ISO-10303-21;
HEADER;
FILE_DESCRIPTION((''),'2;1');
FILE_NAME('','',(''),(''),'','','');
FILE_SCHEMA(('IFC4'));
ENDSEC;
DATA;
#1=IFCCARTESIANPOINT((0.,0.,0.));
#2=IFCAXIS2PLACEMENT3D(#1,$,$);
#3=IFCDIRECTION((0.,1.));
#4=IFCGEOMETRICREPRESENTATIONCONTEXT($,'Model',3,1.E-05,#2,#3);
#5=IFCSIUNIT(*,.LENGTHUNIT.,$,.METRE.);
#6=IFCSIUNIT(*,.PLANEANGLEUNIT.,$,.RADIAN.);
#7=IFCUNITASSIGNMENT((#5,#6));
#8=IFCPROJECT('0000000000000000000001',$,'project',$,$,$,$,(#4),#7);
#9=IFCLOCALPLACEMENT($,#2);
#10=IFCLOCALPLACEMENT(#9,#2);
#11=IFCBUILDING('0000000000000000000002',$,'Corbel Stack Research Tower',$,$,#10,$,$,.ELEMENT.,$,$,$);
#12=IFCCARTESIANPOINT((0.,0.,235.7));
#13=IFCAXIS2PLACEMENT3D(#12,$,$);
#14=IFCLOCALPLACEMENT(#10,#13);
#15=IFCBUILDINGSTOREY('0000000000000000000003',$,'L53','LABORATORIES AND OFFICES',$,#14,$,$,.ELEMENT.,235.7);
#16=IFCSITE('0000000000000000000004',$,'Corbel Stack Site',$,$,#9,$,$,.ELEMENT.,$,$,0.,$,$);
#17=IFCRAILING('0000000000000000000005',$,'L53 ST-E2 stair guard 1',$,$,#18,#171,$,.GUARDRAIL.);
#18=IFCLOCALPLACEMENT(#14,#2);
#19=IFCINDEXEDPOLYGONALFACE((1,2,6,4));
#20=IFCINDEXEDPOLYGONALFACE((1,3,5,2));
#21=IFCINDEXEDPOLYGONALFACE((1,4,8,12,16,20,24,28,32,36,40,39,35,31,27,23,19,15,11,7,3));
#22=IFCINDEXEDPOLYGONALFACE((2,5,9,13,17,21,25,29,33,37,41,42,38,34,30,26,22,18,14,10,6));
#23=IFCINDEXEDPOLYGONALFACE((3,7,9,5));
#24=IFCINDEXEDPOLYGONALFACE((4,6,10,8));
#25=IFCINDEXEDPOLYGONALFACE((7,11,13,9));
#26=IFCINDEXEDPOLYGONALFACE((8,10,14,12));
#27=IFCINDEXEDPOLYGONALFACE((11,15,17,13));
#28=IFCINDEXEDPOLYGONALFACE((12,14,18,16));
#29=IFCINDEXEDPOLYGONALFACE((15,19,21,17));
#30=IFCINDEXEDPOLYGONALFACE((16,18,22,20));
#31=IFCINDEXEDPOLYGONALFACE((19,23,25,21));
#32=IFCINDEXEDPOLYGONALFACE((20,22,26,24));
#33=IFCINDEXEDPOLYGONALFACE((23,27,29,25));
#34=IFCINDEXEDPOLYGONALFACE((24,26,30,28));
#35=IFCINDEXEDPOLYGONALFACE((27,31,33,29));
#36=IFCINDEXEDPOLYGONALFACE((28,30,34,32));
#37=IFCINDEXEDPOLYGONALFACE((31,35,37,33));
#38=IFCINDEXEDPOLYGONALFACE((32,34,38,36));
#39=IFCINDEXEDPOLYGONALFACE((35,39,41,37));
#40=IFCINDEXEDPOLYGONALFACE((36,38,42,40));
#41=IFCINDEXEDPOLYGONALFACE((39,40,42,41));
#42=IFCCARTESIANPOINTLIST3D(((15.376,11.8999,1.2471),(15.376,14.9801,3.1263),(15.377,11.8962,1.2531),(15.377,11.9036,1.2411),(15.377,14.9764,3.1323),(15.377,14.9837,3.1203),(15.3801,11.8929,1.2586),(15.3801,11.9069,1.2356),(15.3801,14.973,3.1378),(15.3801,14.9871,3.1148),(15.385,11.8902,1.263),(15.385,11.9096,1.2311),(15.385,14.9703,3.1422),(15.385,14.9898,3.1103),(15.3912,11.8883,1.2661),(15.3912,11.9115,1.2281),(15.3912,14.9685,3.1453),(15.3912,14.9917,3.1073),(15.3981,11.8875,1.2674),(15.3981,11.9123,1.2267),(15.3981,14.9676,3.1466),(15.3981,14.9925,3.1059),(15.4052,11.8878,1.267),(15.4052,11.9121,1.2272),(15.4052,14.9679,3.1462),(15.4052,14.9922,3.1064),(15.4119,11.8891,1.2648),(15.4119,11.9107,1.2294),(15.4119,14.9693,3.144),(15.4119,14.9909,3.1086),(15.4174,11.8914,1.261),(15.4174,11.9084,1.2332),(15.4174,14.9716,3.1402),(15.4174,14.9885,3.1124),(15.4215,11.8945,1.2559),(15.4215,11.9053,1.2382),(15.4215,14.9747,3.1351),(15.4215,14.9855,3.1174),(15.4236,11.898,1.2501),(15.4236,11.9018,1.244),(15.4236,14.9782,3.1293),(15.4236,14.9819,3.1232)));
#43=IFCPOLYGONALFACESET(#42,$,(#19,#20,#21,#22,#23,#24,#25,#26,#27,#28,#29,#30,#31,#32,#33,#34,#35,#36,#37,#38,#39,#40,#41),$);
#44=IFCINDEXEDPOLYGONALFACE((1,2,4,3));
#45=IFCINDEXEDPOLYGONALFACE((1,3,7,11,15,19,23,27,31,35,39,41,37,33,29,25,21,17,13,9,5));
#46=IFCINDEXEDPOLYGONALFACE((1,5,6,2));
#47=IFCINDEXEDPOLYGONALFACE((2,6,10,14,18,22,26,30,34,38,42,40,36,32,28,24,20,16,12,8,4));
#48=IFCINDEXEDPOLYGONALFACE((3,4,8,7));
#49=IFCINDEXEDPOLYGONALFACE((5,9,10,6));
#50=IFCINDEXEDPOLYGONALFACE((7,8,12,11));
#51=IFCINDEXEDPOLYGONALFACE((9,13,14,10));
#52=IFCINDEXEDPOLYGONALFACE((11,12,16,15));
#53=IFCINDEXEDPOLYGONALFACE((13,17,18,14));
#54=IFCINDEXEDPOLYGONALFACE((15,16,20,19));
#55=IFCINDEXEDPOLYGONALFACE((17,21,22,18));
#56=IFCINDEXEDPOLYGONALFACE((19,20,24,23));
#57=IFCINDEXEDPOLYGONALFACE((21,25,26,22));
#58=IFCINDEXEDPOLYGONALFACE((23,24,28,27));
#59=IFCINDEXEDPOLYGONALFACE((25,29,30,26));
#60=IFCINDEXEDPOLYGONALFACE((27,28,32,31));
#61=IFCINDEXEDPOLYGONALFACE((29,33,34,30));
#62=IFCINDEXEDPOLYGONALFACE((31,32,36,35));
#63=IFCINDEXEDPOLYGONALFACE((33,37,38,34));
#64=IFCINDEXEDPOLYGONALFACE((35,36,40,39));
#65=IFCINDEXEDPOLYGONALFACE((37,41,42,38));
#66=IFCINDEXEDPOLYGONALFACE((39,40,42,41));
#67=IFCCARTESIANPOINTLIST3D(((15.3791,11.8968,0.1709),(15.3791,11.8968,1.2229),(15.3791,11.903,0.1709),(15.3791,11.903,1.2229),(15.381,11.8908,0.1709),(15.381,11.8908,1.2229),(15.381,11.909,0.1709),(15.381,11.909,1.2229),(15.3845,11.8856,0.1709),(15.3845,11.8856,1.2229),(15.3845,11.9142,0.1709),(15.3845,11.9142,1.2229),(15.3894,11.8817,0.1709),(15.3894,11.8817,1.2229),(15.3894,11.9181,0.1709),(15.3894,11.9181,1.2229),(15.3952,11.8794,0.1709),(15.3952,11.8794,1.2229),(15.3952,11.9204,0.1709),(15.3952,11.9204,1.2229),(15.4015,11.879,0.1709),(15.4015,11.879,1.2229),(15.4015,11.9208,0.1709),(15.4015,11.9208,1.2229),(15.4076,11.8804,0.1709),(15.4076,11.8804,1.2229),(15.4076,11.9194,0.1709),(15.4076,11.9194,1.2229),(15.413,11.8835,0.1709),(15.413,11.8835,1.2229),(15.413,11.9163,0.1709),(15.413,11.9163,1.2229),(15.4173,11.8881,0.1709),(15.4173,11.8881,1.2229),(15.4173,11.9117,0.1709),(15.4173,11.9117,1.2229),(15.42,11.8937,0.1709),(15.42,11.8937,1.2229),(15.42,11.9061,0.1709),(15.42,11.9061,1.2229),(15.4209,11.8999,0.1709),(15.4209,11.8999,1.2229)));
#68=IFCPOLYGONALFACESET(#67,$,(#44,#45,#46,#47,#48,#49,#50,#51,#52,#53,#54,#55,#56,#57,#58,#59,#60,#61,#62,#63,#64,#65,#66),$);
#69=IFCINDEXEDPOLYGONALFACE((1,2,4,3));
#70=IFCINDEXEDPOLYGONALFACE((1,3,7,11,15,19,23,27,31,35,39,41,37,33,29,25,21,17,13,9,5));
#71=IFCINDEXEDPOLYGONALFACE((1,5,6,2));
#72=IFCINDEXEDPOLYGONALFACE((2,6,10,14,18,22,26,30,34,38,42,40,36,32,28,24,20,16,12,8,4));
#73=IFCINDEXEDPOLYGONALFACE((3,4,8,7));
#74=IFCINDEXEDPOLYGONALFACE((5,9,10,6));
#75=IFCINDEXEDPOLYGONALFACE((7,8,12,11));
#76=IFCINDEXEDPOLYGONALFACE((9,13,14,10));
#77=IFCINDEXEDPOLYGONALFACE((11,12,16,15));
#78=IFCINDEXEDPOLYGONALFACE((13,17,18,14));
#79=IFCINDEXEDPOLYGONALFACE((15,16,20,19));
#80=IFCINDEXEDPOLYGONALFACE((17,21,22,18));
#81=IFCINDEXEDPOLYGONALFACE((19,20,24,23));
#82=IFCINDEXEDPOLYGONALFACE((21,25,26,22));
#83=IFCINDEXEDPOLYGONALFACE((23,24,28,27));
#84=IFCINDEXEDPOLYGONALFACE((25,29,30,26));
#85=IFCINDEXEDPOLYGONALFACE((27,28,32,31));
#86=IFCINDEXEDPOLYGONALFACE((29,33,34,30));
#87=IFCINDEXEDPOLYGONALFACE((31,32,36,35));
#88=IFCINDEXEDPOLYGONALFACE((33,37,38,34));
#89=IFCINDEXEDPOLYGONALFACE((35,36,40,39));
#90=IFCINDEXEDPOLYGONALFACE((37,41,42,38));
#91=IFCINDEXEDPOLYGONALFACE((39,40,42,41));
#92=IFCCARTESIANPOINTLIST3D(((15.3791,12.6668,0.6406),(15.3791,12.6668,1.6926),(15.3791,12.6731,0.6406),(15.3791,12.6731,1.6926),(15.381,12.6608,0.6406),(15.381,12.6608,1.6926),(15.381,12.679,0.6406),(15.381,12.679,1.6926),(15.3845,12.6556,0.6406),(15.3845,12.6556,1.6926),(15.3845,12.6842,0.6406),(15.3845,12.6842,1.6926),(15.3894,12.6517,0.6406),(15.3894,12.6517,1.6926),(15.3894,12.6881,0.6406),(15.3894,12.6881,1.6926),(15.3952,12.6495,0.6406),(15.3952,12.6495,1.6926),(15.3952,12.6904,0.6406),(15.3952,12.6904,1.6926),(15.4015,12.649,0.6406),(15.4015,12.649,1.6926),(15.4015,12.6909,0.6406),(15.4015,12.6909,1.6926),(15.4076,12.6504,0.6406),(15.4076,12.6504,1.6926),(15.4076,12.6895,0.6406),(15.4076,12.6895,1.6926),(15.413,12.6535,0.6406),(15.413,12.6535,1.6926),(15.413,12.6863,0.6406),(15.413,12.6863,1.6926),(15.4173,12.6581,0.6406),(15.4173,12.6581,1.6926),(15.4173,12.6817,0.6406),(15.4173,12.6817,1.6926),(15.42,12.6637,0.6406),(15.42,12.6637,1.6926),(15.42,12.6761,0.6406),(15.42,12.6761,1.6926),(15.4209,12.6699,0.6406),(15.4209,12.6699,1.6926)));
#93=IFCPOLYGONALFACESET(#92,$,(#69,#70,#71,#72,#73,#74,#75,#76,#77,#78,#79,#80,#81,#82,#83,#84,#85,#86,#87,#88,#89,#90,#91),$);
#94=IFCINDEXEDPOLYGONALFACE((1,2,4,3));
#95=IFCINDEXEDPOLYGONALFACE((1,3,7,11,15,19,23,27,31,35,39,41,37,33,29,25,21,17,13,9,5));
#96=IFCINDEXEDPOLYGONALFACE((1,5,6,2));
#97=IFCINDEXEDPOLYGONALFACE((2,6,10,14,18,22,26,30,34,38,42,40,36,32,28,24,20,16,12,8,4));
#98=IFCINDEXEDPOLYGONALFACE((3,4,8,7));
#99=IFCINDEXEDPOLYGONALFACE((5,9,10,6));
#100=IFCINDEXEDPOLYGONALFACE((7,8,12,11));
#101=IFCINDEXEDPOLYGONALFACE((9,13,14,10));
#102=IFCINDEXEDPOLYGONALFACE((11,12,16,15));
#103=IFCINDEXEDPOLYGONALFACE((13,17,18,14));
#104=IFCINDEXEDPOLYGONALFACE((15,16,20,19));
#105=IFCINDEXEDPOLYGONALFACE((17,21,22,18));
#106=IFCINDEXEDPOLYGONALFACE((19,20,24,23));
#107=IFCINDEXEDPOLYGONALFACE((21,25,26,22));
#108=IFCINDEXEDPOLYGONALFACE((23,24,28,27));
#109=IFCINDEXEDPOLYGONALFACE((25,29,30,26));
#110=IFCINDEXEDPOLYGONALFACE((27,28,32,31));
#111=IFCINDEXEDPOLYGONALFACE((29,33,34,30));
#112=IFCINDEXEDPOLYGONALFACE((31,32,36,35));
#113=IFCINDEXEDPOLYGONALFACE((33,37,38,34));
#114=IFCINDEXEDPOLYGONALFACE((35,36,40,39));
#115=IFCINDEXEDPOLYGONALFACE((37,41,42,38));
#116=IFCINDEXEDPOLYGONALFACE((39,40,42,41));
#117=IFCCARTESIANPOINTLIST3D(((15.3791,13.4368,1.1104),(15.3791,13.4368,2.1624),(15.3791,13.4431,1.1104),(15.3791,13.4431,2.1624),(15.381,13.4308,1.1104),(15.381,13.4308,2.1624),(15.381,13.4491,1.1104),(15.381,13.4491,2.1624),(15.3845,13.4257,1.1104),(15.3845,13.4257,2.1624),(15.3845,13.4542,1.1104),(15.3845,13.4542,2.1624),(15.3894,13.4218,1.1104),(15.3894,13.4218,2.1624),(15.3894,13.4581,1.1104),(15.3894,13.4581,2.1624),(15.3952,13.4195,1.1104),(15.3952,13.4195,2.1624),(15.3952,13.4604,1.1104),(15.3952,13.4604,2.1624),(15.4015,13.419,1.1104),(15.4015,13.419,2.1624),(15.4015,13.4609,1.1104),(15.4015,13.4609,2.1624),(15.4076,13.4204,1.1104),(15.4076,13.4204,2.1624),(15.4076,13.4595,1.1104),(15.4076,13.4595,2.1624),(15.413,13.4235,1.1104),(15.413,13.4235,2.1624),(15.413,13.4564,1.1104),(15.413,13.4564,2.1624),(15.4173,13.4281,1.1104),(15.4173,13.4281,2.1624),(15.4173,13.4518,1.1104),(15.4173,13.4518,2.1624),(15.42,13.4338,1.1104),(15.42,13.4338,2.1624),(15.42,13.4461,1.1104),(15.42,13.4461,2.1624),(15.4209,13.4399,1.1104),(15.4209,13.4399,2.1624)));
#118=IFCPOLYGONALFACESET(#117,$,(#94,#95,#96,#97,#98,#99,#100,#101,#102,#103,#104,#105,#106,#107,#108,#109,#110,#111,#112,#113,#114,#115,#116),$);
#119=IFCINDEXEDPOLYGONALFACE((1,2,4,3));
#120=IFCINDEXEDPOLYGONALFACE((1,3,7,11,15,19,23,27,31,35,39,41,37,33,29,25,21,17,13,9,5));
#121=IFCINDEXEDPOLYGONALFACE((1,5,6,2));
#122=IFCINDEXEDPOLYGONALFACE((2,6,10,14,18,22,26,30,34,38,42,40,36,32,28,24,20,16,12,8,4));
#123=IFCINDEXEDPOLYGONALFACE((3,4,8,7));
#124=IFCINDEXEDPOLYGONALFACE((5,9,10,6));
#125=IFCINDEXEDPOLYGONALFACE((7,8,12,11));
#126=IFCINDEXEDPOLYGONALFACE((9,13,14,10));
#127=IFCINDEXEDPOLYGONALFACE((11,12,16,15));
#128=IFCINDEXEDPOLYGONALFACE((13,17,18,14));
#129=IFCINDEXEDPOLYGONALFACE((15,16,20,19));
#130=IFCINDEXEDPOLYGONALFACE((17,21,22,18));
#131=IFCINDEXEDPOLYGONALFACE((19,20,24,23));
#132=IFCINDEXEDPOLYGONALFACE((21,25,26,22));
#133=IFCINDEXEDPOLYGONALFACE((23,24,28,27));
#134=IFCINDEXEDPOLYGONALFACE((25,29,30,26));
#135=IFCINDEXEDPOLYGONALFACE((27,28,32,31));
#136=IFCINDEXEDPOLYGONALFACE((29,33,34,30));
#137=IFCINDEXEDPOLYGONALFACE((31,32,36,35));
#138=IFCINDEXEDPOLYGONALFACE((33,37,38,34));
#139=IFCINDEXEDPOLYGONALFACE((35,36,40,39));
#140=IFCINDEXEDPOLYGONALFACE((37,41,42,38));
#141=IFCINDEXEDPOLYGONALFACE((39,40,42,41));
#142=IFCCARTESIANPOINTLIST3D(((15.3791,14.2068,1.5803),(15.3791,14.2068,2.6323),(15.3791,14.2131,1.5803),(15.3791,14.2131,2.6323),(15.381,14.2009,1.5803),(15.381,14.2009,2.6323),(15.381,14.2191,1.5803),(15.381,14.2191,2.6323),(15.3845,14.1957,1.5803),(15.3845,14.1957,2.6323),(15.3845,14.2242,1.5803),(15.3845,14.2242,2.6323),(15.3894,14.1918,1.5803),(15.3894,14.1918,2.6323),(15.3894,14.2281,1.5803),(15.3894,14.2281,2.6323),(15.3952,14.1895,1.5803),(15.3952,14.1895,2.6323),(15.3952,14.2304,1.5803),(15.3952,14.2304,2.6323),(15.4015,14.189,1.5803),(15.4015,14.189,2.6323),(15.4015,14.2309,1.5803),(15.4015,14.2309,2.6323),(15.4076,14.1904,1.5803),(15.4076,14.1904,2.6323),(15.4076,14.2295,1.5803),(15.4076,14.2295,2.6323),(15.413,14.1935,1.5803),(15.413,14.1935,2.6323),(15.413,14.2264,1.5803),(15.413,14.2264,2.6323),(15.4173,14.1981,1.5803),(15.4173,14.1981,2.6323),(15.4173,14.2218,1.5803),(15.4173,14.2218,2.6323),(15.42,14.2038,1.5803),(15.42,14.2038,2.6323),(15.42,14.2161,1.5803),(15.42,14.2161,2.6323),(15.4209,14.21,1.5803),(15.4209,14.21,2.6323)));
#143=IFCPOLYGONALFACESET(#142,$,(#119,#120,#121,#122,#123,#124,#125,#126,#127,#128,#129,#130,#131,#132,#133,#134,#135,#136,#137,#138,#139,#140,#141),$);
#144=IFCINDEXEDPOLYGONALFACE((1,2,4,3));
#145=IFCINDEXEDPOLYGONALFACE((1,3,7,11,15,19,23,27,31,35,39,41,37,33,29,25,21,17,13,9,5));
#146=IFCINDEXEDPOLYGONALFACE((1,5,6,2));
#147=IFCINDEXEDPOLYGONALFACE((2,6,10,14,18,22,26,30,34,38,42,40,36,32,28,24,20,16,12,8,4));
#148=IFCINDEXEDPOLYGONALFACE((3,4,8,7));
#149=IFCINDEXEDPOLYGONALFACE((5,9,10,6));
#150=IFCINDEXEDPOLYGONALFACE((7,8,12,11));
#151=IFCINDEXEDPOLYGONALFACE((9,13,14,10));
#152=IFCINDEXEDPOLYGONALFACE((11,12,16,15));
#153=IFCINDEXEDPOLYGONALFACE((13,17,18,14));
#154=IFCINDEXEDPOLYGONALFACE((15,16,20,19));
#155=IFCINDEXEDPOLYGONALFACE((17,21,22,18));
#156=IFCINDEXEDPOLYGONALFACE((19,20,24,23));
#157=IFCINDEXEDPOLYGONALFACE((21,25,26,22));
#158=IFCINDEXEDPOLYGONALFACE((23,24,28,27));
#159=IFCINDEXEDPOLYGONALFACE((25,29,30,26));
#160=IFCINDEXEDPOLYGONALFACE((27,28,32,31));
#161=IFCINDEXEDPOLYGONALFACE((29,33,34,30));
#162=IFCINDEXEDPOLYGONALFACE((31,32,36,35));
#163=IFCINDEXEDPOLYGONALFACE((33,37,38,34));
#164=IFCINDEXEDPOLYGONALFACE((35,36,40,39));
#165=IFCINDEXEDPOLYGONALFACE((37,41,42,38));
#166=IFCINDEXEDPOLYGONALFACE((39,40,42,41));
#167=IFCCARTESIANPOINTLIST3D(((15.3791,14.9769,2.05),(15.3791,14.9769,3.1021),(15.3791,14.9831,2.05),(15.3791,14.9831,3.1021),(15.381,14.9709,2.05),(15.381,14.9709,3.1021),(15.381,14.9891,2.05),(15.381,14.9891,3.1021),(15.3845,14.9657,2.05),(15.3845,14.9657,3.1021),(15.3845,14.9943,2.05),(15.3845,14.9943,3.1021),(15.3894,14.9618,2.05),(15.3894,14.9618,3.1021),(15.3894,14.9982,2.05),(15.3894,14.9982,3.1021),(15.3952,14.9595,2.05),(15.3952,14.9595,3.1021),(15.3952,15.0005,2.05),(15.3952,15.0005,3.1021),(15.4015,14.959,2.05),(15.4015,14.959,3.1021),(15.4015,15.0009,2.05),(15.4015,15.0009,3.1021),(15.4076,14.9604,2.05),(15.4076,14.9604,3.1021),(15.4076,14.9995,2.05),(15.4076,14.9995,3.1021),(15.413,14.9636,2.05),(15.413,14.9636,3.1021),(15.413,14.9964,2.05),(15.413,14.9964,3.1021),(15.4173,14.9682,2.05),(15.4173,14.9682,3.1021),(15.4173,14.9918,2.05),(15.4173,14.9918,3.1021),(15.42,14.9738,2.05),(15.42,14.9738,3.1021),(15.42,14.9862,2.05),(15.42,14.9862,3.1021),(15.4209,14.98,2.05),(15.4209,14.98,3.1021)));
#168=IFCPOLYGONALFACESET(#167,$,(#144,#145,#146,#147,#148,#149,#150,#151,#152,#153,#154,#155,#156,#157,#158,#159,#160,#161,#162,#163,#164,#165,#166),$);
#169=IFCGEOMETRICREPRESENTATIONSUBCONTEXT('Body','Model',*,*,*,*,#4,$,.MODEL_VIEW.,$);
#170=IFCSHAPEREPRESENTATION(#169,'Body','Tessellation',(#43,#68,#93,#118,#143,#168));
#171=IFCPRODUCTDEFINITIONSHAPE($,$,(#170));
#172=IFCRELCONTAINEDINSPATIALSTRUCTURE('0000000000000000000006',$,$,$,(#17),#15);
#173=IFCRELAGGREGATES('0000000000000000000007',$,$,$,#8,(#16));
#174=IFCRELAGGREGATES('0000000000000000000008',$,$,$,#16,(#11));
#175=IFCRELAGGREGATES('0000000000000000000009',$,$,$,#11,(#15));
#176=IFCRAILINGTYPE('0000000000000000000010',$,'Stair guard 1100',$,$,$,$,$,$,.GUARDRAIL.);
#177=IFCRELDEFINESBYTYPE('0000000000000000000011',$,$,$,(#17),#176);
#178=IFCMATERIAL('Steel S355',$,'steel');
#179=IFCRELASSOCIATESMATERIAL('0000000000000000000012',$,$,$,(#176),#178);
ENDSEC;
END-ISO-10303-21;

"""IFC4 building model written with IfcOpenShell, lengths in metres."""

from ifc_helpers import new_model, si_unit, direction, frame, origin, origin_2d, place, context, subcontext, project, spatial, circle, extrude, material, type_object, element, save


model = new_model("IFC4")

# Units and contexts
model_context = context("Model", 3, precision=1e-05, world=origin(), true_north=direction((0.0, 1.0)))
body_context = subcontext(model_context, "Body", "Model", "MODEL_VIEW")
ifc_project = project(units=[si_unit("LENGTHUNIT", "METRE"), si_unit("PLANEANGLEUNIT", "RADIAN")], contexts=[model_context])

# Site, building, storey
site_placement = place(None, origin())
site = spatial("IfcSite", under=ifc_project, at=site_placement, Name="Corbel Stack Site", CompositionType="ELEMENT", RefElevation=0.0)
building_placement = place(site_placement, origin())
building = spatial("IfcBuilding", under=site, at=building_placement, Name="Corbel Stack Research Tower", CompositionType="ELEMENT")
storey_placement = place(building_placement, frame((0.0, 0.0, 235.7)))
storey = spatial("IfcBuildingStorey", under=building, at=storey_placement, Name="L53", Description="LABORATORIES AND OFFICES", CompositionType="ELEMENT", Elevation=235.7)

# Railing
ifc_material_1 = material(Name="Steel S355", Category="steel")
railing_type_1 = type_object("IfcRailingType", Name="Stair guard 1100", PredefinedType="GUARDRAIL", material=ifc_material_1)
railing_1_placement = place(storey_placement, frame((15.3999, 11.8999, 0.1709)))
element("IfcRailing", 1, at=railing_1_placement, inside=storey, type_object=railing_type_1, Name="L53 ST-E2 stair guard 1", PredefinedType="GUARDRAIL", context=body_context, shape_type="SweptSolid", body=[
    extrude(circle(Radius=0.0239, at=origin_2d()), frame((0.0, 0.0, 1.0762), z_axis=(0.0, 0.853666, 0.52082), x_axis=(-1.0, 0.0, 0.0)), (0.0, 0.0, 1.0), 3.6082),
    extrude(circle(Radius=0.021, at=origin_2d()), origin(), (0.0, 0.0, 1.0), 1.052),
    extrude(circle(Radius=0.021, at=origin_2d()), frame((0.0, 0.77, 0.4697)), (0.0, 0.0, 1.0), 1.052),
    extrude(circle(Radius=0.021, at=origin_2d()), frame((0.0, 1.54, 0.9395)), (0.0, 0.0, 1.0), 1.052),
    extrude(circle(Radius=0.021, at=origin_2d()), frame((0.0, 2.3101, 1.4094)), (0.0, 0.0, 1.0), 1.052),
    extrude(circle(Radius=0.021, at=origin_2d()), frame((0.0, 3.0801, 1.8792)), (0.0, 0.0, 1.0), 1.052),
])

save(model, "model.ifc")
